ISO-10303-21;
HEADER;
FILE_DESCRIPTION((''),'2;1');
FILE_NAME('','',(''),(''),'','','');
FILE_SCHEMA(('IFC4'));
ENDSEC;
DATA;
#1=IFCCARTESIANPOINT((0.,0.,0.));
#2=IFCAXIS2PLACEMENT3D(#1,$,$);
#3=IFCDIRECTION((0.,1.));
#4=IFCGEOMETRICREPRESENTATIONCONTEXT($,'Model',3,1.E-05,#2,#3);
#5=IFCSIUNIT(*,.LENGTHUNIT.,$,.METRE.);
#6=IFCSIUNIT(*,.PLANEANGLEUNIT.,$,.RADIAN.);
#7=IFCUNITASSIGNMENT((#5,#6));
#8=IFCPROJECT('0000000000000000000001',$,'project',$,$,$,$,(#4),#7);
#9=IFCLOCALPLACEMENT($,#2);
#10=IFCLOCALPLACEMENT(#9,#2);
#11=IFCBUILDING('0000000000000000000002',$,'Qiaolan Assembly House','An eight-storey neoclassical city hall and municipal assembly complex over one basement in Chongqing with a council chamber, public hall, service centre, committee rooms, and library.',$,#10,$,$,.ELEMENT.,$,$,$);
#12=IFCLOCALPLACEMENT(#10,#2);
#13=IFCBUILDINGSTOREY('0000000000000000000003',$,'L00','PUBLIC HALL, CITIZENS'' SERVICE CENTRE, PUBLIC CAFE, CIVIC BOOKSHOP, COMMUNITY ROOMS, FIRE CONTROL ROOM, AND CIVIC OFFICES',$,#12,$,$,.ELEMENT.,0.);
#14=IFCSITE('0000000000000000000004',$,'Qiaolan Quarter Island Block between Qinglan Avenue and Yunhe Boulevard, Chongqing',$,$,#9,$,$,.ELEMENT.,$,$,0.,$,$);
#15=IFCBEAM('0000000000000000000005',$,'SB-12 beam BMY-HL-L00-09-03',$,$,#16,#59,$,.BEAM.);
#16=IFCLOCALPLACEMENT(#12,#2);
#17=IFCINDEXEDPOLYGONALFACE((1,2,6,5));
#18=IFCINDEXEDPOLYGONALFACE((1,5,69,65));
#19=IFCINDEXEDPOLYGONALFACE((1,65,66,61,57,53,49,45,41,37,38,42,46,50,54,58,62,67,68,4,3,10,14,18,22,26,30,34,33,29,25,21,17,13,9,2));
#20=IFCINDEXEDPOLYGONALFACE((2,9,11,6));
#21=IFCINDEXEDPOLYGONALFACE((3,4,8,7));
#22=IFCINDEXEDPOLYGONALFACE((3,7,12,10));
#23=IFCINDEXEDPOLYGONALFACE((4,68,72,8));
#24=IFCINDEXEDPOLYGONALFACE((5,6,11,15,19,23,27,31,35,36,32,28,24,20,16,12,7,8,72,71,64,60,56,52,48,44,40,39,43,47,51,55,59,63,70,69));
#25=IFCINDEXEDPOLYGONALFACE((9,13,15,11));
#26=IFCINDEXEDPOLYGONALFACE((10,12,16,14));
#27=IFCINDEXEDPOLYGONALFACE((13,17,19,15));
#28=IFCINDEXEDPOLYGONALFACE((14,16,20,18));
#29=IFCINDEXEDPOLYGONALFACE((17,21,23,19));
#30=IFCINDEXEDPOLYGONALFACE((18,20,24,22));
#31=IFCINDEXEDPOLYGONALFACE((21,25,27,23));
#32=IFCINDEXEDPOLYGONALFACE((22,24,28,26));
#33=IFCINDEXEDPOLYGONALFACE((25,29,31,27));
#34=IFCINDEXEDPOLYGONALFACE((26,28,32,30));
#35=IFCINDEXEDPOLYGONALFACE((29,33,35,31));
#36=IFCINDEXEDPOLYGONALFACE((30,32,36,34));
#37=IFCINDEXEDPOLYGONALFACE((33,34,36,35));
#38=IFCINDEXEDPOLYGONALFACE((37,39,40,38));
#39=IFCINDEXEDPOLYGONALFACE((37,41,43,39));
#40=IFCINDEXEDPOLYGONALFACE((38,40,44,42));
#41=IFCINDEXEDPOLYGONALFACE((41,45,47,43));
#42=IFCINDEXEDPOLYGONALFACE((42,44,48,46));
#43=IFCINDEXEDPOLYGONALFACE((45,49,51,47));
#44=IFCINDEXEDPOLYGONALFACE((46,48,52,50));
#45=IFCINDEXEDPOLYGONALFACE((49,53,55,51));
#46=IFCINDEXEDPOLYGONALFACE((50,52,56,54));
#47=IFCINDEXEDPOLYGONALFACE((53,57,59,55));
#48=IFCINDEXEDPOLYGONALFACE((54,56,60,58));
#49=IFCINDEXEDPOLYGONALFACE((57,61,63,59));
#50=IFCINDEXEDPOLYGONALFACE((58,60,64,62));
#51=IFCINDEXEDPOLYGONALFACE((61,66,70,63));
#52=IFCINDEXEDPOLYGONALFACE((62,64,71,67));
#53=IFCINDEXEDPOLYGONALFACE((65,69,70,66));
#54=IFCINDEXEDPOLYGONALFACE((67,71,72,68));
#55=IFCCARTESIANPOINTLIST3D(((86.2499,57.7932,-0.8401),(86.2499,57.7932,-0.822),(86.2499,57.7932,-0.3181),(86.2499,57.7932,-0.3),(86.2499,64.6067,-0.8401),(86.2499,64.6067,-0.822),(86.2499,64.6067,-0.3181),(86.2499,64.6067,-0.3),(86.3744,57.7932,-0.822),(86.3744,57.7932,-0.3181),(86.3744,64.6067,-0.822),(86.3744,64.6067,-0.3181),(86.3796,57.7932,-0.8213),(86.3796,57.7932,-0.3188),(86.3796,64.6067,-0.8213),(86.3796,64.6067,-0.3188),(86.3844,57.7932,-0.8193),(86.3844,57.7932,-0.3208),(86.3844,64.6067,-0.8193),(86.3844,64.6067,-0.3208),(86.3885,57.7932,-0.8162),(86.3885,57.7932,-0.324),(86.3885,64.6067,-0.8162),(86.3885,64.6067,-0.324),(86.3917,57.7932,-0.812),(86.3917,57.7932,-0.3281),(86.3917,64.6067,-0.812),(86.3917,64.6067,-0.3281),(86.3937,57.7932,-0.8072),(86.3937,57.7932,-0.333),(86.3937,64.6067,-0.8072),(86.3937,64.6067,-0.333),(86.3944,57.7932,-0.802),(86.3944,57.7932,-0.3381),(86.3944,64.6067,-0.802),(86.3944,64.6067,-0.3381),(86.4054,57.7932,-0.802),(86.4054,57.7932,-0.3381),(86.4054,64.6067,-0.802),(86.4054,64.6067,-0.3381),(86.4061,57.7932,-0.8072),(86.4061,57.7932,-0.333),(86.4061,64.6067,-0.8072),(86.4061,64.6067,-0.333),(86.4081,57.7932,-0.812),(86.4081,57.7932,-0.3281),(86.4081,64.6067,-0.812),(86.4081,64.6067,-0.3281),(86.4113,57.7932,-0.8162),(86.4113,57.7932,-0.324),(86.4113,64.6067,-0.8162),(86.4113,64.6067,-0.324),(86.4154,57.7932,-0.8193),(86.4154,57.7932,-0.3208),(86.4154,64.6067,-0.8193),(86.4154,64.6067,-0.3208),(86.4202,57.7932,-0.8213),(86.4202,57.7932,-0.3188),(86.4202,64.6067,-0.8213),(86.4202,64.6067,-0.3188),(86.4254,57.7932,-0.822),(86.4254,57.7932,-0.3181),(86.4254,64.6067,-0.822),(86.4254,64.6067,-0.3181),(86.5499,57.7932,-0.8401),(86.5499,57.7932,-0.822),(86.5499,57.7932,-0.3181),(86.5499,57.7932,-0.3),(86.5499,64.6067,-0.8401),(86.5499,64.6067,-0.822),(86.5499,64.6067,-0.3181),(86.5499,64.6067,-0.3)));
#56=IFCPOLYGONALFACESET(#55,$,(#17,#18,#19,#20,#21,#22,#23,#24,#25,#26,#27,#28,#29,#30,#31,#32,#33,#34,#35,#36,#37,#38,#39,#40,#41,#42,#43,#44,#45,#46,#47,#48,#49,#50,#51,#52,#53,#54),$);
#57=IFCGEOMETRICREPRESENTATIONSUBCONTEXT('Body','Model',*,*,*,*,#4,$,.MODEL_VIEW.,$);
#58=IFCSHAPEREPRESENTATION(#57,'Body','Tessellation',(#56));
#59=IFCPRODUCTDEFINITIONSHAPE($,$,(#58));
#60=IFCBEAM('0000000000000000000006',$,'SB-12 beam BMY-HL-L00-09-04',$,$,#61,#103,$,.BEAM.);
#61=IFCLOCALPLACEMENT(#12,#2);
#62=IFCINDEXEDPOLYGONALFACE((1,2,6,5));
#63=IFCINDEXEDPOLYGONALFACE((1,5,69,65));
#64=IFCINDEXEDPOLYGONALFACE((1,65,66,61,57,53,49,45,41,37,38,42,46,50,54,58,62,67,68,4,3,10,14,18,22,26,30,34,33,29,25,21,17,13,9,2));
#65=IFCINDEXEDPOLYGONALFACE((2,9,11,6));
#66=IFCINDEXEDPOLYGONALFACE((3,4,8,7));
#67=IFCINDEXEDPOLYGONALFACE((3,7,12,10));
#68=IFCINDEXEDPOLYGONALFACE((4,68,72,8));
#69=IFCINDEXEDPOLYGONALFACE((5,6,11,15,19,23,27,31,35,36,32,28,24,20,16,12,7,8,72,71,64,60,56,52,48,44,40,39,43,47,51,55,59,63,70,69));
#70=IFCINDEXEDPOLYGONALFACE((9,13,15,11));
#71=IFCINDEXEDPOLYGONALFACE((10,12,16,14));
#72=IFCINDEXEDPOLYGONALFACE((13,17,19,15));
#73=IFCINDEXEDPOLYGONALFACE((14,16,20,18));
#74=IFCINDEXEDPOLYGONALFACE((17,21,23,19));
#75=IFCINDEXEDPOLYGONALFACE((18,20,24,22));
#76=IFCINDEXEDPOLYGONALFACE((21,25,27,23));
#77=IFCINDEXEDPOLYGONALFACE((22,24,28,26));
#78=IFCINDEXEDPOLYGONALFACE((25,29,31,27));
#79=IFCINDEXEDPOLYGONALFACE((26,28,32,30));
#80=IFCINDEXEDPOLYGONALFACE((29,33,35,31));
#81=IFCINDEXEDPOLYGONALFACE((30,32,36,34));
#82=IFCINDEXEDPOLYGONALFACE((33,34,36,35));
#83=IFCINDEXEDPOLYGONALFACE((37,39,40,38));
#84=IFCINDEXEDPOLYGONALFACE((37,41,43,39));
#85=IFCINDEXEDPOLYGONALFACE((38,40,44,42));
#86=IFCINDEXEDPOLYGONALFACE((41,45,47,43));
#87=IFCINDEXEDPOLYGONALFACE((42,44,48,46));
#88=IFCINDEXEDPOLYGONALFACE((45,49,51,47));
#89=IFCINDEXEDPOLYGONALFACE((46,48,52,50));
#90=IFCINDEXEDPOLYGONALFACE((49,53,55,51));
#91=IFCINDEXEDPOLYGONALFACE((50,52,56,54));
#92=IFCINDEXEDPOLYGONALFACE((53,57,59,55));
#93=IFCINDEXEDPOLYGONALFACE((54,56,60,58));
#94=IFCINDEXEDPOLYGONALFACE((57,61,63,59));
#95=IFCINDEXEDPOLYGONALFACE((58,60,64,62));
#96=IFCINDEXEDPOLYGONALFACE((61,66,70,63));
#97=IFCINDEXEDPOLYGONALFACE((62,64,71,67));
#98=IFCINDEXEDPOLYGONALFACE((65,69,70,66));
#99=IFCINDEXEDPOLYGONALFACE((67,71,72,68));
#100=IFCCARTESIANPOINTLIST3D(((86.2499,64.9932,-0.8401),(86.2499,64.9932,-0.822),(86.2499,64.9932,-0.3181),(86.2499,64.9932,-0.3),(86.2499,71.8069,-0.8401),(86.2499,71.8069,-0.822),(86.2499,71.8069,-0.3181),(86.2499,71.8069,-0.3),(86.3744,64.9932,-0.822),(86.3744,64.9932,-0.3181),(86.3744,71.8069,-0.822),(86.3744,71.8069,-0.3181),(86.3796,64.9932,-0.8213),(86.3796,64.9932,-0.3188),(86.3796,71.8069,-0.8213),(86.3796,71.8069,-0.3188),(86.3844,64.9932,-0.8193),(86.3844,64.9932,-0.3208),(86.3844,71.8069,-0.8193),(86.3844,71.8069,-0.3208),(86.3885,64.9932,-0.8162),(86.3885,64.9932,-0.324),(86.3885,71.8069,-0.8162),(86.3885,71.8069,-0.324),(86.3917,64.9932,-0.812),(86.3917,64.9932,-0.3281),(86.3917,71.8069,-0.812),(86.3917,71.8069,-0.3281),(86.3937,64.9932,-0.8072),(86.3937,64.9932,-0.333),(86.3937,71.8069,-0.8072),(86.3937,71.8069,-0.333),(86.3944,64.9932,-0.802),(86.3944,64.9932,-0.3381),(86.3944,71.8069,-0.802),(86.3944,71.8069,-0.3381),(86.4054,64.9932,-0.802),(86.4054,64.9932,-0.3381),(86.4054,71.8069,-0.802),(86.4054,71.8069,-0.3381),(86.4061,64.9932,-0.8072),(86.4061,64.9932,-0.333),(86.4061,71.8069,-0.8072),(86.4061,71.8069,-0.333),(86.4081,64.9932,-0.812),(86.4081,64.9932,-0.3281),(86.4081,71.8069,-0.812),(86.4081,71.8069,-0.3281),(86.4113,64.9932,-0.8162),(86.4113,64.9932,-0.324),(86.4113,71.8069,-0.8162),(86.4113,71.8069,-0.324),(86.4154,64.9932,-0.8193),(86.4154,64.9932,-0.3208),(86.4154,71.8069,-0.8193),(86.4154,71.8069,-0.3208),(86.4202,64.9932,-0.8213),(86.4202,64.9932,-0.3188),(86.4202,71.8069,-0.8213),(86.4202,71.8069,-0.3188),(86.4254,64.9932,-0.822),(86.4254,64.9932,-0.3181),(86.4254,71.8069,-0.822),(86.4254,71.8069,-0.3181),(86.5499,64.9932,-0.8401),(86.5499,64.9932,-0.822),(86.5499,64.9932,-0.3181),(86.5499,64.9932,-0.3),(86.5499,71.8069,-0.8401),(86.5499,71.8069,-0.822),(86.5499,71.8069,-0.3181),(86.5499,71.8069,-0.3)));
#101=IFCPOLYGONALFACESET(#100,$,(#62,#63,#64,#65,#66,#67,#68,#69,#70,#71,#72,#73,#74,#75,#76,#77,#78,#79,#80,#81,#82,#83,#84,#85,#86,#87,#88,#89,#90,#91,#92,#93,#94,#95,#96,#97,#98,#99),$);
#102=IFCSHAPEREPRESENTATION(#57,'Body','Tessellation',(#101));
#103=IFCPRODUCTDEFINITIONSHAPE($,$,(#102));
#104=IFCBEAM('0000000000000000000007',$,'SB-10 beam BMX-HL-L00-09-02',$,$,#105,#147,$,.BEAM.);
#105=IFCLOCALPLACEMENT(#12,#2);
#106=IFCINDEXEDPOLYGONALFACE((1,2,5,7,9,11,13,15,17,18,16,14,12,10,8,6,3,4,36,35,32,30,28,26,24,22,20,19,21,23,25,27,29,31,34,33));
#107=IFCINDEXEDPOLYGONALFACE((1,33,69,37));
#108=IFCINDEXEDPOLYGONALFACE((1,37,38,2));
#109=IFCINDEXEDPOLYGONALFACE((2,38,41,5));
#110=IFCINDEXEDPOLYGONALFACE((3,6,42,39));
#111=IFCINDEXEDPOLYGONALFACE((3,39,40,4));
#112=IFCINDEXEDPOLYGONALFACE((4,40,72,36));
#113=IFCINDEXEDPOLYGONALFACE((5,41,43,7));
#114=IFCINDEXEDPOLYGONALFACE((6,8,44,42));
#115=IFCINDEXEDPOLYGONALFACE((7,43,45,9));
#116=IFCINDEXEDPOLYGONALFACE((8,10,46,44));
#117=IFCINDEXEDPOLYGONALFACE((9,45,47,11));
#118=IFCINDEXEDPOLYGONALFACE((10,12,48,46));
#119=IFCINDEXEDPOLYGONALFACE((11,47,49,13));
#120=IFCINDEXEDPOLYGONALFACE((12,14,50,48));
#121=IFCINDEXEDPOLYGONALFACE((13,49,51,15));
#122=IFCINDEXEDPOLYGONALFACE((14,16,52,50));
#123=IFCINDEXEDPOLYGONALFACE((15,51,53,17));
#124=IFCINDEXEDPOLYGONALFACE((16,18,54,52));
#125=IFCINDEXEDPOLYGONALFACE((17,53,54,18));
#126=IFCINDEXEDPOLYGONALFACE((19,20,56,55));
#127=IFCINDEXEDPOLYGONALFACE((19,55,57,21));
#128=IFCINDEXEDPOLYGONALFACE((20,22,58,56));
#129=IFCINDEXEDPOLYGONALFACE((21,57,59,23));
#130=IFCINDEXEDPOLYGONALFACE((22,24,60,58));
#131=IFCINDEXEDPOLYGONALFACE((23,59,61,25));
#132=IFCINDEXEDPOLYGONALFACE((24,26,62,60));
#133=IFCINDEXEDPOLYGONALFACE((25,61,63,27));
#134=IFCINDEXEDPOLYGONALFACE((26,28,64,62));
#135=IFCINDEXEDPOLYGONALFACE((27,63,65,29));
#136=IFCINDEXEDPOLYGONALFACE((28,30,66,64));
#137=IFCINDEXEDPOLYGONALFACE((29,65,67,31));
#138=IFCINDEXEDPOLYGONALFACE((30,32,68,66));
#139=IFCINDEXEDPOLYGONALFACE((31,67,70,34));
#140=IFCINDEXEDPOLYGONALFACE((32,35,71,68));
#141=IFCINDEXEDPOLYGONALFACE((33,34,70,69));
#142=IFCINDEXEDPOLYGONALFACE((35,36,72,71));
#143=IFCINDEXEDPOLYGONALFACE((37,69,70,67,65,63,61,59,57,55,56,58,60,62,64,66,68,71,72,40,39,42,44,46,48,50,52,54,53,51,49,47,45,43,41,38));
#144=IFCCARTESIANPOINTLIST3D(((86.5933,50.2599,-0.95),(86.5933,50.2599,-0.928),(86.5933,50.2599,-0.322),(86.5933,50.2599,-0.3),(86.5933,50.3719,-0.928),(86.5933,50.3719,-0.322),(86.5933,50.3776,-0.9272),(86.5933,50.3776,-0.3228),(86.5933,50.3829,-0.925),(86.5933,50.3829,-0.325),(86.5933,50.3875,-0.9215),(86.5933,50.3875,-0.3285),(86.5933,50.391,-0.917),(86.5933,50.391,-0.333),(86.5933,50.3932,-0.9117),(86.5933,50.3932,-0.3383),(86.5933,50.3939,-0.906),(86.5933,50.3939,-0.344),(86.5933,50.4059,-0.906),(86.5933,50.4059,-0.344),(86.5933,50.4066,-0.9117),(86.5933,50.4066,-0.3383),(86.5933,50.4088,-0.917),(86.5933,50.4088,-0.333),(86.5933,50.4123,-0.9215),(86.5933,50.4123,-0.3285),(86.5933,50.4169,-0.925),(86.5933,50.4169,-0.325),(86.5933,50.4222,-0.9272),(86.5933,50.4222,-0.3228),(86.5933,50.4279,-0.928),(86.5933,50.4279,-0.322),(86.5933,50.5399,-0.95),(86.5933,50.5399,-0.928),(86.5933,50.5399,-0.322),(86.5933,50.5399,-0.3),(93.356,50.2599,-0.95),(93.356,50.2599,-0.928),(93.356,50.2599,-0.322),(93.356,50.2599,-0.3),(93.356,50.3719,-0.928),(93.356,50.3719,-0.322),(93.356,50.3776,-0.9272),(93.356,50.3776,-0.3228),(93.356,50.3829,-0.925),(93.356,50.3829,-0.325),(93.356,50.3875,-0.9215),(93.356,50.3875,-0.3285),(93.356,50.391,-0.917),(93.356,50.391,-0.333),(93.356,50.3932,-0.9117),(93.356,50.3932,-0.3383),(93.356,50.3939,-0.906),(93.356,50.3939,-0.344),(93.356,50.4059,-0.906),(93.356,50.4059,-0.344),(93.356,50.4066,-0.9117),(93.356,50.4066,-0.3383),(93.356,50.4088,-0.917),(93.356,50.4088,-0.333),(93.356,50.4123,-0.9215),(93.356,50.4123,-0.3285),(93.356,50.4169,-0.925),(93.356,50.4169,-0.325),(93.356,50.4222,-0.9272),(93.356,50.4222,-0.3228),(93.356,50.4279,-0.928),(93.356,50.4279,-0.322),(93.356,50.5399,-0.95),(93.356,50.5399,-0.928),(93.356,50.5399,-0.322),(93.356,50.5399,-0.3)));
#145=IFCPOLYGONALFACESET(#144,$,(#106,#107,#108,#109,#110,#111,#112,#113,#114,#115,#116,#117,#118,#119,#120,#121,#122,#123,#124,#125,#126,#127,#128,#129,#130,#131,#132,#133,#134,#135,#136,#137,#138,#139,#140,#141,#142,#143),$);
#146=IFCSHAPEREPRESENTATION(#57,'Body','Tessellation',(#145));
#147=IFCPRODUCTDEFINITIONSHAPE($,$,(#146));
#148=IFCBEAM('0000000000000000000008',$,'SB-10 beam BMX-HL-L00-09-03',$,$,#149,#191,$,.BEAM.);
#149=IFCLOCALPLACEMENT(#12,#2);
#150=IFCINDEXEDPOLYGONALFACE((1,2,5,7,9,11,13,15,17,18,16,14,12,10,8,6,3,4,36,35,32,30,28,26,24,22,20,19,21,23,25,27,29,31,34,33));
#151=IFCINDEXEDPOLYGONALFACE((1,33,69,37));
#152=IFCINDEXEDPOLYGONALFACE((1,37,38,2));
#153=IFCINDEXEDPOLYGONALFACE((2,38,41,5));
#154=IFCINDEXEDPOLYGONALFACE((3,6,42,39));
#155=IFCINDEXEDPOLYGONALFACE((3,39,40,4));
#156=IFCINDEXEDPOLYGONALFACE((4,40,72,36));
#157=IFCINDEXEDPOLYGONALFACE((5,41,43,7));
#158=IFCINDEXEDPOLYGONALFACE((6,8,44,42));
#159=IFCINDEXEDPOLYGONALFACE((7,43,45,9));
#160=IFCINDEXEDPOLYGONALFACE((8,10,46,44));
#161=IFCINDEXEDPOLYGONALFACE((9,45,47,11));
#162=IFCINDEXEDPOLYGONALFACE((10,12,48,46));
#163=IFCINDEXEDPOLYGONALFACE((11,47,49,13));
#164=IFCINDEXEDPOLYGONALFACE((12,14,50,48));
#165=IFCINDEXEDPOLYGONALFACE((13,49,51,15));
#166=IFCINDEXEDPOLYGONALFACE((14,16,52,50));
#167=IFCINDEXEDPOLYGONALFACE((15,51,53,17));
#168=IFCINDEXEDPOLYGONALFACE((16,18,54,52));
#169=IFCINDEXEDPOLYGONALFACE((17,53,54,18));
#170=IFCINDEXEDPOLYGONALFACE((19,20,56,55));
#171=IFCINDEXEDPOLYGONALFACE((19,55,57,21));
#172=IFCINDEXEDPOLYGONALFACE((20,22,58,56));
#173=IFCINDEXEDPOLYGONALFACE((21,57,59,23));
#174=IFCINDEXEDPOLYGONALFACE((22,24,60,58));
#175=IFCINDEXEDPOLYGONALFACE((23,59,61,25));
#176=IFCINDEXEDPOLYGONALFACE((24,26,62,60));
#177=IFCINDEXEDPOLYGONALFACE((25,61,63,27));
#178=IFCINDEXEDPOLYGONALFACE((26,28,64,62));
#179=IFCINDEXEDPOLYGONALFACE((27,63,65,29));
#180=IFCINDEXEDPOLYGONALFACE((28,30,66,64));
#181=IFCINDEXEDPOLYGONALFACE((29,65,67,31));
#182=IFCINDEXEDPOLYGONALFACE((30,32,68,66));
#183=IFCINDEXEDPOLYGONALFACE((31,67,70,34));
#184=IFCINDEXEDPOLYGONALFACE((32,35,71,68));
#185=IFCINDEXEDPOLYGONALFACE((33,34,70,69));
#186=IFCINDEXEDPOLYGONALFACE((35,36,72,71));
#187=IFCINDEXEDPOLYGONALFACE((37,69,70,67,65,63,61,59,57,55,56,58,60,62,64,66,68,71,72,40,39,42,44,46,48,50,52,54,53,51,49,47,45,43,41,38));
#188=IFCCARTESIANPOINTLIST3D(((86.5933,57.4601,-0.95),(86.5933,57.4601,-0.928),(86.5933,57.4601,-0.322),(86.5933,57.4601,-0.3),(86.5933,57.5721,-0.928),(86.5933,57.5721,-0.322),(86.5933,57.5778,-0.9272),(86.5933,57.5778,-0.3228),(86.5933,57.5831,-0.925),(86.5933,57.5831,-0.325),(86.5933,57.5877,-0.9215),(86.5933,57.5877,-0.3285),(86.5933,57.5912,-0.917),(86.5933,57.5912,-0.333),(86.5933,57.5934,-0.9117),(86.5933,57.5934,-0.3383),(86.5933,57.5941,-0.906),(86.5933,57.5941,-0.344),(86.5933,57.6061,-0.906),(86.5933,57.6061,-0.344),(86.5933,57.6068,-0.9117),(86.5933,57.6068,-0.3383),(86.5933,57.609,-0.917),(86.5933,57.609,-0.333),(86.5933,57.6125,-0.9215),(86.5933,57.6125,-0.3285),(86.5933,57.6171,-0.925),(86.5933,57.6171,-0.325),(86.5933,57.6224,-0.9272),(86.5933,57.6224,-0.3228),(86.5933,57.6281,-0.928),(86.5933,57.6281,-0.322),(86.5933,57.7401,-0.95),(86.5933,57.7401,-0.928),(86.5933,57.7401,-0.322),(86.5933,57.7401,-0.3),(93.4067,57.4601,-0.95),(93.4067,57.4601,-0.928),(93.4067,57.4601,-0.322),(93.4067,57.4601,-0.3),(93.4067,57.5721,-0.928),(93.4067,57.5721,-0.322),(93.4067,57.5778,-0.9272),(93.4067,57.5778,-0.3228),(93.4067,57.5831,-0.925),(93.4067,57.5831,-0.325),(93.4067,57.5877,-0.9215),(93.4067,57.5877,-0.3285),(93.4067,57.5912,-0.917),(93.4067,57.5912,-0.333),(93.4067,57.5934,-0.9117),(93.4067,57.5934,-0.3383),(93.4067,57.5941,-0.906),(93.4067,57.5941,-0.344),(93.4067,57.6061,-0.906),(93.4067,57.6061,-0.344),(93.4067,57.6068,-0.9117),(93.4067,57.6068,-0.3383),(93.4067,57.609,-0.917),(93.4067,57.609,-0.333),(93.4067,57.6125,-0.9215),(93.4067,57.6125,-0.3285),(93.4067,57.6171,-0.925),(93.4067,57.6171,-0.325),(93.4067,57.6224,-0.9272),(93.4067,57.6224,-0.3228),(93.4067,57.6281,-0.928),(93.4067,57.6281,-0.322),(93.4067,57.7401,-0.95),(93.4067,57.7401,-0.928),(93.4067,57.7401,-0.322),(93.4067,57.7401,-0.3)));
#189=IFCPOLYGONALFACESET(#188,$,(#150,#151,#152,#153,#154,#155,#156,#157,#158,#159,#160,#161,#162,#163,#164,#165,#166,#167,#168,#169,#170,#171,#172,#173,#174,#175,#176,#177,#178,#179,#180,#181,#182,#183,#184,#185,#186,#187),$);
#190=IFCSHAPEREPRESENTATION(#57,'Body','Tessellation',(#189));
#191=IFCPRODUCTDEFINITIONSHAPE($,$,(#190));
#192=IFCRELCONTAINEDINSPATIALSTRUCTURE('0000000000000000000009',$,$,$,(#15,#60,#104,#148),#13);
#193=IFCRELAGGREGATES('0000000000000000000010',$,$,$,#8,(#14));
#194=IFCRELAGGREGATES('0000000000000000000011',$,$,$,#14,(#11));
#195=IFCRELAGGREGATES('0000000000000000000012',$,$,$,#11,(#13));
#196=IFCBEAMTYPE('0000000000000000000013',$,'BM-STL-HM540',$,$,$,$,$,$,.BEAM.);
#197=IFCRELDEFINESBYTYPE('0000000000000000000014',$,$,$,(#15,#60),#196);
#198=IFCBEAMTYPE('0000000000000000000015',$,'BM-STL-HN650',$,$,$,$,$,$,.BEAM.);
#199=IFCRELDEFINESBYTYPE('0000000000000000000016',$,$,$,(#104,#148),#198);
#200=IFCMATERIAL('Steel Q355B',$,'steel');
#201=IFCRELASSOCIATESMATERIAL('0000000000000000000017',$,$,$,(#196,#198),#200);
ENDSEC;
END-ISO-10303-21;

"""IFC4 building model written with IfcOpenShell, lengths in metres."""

from ifc_helpers import new_model, si_unit, direction, frame, origin, origin_2d, place, context, subcontext, project, spatial, i_section, extrude, material, material_profile, profile_set, type_object, element, save


model = new_model("IFC4")

# Units and contexts
model_context = context("Model", 3, precision=1e-05, world=origin(), true_north=direction((0.0, 1.0)))
body_context = subcontext(model_context, "Body", "Model", "MODEL_VIEW")
ifc_project = project(units=[si_unit("LENGTHUNIT", "METRE"), si_unit("PLANEANGLEUNIT", "RADIAN")], contexts=[model_context])

# Site, building, storey
site_placement = place(None, origin())
site = spatial("IfcSite", under=ifc_project, at=site_placement, Name="Qiaolan Quarter Island Block between Qinglan Avenue and Yunhe Boulevard, Chongqing", CompositionType="ELEMENT", RefElevation=0.0)
building_placement = place(site_placement, origin())
building = spatial("IfcBuilding", under=site, at=building_placement, Name="Qiaolan Assembly House", Description="An eight-storey neoclassical city hall and municipal assembly complex over one basement in Chongqing with a council chamber, public hall, service centre, committee rooms, and library.", CompositionType="ELEMENT")
storey_placement = place(building_placement, origin())
storey = spatial("IfcBuildingStorey", under=building, at=storey_placement, Name="L00", Description="PUBLIC HALL, CITIZENS' SERVICE CENTRE, PUBLIC CAFE, CIVIC BOOKSHOP, COMMUNITY ROOMS, FIRE CONTROL ROOM, AND CIVIC OFFICES", CompositionType="ELEMENT", Elevation=0.0)

# Shared definitions
ifc_material_1 = material(Name="Steel Q355B", Category="steel")

# Beams
ifc_material_profile_1 = material_profile(ifc_material_1, i_section(OverallWidth=0.3, OverallDepth=0.54, WebThickness=0.011, FlangeThickness=0.0181, FilletRadius=0.02, at=origin_2d()), Name="HM 540x300x11x18")
ifc_profile_set_1 = profile_set([ifc_material_profile_1], Name="Steel Q355B")
beam_type_1 = type_object("IfcBeamType", Name="BM-STL-HM540", PredefinedType="BEAM", material=ifc_profile_set_1)
for number, where, z_axis, x_axis, name in (
    (1, (86.3999, 57.7932, -0.5701), (0.0, 1.0, 0.0), (-1.0, 0.0, 0.0), "SB-12 beam BMY-HL-L00-09-03"),
):
    element("IfcBeam", number, at=place(storey_placement, frame(where, z_axis=z_axis, x_axis=x_axis)), inside=storey, type_object=beam_type_1, Name=name, PredefinedType="BEAM", context=body_context, shape_type="SweptSolid", body=[
        extrude(i_section(OverallWidth=0.3, OverallDepth=0.54, WebThickness=0.011, FlangeThickness=0.0181, FilletRadius=0.02, at=origin_2d()), origin(), (0.0, 0.0, 1.0), 6.8135),
    ])
beam_1_placement = place(storey_placement, frame((86.3999, 64.9932, -0.5701), z_axis=(0.0, 1.0, 0.0), x_axis=(-1.0, 0.0, 0.0)))
element("IfcBeam", 2, at=beam_1_placement, inside=storey, type_object=beam_type_1, Name="SB-12 beam BMY-HL-L00-09-04", PredefinedType="BEAM", context=body_context, shape_type="SweptSolid", body=[
    extrude(i_section(OverallWidth=0.3, OverallDepth=0.54, WebThickness=0.011, FlangeThickness=0.0181, FilletRadius=0.02, at=origin_2d()), origin(), (0.0, 0.0, 1.0), 6.8137),
])
ifc_material_profile_2 = material_profile(ifc_material_1, i_section(OverallWidth=0.28, OverallDepth=0.6499, WebThickness=0.012, FlangeThickness=0.022, FilletRadius=0.022, at=origin_2d()), Name="HN 650x280x12x22")
ifc_profile_set_2 = profile_set([ifc_material_profile_2], Name="Steel Q355B")
beam_type_2 = type_object("IfcBeamType", Name="BM-STL-HN650", PredefinedType="BEAM", material=ifc_profile_set_2)
beam_2_placement = place(storey_placement, frame((86.5933, 50.3999, -0.625), z_axis=(1.0, 0.0, 0.0), x_axis=(0.0, 1.0, 0.0)))
element("IfcBeam", 3, at=beam_2_placement, inside=storey, type_object=beam_type_2, Name="SB-10 beam BMX-HL-L00-09-02", PredefinedType="BEAM", context=body_context, shape_type="SweptSolid", body=[
    extrude(i_section(OverallWidth=0.28, OverallDepth=0.6499, WebThickness=0.012, FlangeThickness=0.022, FilletRadius=0.022, at=origin_2d()), origin(), (0.0, 0.0, 1.0), 6.7627),
])
for number, where, z_axis, x_axis, name in (
    (4, (86.5933, 57.6001, -0.625), (1.0, 0.0, 0.0), (0.0, 1.0, 0.0), "SB-10 beam BMX-HL-L00-09-03"),
):
    element("IfcBeam", number, at=place(storey_placement, frame(where, z_axis=z_axis, x_axis=x_axis)), inside=storey, type_object=beam_type_2, Name=name, PredefinedType="BEAM", context=body_context, shape_type="SweptSolid", body=[
        extrude(i_section(OverallWidth=0.28, OverallDepth=0.6499, WebThickness=0.012, FlangeThickness=0.022, FilletRadius=0.022, at=origin_2d()), origin(), (0.0, 0.0, 1.0), 6.8135),
    ])

save(model, "model.ifc")
